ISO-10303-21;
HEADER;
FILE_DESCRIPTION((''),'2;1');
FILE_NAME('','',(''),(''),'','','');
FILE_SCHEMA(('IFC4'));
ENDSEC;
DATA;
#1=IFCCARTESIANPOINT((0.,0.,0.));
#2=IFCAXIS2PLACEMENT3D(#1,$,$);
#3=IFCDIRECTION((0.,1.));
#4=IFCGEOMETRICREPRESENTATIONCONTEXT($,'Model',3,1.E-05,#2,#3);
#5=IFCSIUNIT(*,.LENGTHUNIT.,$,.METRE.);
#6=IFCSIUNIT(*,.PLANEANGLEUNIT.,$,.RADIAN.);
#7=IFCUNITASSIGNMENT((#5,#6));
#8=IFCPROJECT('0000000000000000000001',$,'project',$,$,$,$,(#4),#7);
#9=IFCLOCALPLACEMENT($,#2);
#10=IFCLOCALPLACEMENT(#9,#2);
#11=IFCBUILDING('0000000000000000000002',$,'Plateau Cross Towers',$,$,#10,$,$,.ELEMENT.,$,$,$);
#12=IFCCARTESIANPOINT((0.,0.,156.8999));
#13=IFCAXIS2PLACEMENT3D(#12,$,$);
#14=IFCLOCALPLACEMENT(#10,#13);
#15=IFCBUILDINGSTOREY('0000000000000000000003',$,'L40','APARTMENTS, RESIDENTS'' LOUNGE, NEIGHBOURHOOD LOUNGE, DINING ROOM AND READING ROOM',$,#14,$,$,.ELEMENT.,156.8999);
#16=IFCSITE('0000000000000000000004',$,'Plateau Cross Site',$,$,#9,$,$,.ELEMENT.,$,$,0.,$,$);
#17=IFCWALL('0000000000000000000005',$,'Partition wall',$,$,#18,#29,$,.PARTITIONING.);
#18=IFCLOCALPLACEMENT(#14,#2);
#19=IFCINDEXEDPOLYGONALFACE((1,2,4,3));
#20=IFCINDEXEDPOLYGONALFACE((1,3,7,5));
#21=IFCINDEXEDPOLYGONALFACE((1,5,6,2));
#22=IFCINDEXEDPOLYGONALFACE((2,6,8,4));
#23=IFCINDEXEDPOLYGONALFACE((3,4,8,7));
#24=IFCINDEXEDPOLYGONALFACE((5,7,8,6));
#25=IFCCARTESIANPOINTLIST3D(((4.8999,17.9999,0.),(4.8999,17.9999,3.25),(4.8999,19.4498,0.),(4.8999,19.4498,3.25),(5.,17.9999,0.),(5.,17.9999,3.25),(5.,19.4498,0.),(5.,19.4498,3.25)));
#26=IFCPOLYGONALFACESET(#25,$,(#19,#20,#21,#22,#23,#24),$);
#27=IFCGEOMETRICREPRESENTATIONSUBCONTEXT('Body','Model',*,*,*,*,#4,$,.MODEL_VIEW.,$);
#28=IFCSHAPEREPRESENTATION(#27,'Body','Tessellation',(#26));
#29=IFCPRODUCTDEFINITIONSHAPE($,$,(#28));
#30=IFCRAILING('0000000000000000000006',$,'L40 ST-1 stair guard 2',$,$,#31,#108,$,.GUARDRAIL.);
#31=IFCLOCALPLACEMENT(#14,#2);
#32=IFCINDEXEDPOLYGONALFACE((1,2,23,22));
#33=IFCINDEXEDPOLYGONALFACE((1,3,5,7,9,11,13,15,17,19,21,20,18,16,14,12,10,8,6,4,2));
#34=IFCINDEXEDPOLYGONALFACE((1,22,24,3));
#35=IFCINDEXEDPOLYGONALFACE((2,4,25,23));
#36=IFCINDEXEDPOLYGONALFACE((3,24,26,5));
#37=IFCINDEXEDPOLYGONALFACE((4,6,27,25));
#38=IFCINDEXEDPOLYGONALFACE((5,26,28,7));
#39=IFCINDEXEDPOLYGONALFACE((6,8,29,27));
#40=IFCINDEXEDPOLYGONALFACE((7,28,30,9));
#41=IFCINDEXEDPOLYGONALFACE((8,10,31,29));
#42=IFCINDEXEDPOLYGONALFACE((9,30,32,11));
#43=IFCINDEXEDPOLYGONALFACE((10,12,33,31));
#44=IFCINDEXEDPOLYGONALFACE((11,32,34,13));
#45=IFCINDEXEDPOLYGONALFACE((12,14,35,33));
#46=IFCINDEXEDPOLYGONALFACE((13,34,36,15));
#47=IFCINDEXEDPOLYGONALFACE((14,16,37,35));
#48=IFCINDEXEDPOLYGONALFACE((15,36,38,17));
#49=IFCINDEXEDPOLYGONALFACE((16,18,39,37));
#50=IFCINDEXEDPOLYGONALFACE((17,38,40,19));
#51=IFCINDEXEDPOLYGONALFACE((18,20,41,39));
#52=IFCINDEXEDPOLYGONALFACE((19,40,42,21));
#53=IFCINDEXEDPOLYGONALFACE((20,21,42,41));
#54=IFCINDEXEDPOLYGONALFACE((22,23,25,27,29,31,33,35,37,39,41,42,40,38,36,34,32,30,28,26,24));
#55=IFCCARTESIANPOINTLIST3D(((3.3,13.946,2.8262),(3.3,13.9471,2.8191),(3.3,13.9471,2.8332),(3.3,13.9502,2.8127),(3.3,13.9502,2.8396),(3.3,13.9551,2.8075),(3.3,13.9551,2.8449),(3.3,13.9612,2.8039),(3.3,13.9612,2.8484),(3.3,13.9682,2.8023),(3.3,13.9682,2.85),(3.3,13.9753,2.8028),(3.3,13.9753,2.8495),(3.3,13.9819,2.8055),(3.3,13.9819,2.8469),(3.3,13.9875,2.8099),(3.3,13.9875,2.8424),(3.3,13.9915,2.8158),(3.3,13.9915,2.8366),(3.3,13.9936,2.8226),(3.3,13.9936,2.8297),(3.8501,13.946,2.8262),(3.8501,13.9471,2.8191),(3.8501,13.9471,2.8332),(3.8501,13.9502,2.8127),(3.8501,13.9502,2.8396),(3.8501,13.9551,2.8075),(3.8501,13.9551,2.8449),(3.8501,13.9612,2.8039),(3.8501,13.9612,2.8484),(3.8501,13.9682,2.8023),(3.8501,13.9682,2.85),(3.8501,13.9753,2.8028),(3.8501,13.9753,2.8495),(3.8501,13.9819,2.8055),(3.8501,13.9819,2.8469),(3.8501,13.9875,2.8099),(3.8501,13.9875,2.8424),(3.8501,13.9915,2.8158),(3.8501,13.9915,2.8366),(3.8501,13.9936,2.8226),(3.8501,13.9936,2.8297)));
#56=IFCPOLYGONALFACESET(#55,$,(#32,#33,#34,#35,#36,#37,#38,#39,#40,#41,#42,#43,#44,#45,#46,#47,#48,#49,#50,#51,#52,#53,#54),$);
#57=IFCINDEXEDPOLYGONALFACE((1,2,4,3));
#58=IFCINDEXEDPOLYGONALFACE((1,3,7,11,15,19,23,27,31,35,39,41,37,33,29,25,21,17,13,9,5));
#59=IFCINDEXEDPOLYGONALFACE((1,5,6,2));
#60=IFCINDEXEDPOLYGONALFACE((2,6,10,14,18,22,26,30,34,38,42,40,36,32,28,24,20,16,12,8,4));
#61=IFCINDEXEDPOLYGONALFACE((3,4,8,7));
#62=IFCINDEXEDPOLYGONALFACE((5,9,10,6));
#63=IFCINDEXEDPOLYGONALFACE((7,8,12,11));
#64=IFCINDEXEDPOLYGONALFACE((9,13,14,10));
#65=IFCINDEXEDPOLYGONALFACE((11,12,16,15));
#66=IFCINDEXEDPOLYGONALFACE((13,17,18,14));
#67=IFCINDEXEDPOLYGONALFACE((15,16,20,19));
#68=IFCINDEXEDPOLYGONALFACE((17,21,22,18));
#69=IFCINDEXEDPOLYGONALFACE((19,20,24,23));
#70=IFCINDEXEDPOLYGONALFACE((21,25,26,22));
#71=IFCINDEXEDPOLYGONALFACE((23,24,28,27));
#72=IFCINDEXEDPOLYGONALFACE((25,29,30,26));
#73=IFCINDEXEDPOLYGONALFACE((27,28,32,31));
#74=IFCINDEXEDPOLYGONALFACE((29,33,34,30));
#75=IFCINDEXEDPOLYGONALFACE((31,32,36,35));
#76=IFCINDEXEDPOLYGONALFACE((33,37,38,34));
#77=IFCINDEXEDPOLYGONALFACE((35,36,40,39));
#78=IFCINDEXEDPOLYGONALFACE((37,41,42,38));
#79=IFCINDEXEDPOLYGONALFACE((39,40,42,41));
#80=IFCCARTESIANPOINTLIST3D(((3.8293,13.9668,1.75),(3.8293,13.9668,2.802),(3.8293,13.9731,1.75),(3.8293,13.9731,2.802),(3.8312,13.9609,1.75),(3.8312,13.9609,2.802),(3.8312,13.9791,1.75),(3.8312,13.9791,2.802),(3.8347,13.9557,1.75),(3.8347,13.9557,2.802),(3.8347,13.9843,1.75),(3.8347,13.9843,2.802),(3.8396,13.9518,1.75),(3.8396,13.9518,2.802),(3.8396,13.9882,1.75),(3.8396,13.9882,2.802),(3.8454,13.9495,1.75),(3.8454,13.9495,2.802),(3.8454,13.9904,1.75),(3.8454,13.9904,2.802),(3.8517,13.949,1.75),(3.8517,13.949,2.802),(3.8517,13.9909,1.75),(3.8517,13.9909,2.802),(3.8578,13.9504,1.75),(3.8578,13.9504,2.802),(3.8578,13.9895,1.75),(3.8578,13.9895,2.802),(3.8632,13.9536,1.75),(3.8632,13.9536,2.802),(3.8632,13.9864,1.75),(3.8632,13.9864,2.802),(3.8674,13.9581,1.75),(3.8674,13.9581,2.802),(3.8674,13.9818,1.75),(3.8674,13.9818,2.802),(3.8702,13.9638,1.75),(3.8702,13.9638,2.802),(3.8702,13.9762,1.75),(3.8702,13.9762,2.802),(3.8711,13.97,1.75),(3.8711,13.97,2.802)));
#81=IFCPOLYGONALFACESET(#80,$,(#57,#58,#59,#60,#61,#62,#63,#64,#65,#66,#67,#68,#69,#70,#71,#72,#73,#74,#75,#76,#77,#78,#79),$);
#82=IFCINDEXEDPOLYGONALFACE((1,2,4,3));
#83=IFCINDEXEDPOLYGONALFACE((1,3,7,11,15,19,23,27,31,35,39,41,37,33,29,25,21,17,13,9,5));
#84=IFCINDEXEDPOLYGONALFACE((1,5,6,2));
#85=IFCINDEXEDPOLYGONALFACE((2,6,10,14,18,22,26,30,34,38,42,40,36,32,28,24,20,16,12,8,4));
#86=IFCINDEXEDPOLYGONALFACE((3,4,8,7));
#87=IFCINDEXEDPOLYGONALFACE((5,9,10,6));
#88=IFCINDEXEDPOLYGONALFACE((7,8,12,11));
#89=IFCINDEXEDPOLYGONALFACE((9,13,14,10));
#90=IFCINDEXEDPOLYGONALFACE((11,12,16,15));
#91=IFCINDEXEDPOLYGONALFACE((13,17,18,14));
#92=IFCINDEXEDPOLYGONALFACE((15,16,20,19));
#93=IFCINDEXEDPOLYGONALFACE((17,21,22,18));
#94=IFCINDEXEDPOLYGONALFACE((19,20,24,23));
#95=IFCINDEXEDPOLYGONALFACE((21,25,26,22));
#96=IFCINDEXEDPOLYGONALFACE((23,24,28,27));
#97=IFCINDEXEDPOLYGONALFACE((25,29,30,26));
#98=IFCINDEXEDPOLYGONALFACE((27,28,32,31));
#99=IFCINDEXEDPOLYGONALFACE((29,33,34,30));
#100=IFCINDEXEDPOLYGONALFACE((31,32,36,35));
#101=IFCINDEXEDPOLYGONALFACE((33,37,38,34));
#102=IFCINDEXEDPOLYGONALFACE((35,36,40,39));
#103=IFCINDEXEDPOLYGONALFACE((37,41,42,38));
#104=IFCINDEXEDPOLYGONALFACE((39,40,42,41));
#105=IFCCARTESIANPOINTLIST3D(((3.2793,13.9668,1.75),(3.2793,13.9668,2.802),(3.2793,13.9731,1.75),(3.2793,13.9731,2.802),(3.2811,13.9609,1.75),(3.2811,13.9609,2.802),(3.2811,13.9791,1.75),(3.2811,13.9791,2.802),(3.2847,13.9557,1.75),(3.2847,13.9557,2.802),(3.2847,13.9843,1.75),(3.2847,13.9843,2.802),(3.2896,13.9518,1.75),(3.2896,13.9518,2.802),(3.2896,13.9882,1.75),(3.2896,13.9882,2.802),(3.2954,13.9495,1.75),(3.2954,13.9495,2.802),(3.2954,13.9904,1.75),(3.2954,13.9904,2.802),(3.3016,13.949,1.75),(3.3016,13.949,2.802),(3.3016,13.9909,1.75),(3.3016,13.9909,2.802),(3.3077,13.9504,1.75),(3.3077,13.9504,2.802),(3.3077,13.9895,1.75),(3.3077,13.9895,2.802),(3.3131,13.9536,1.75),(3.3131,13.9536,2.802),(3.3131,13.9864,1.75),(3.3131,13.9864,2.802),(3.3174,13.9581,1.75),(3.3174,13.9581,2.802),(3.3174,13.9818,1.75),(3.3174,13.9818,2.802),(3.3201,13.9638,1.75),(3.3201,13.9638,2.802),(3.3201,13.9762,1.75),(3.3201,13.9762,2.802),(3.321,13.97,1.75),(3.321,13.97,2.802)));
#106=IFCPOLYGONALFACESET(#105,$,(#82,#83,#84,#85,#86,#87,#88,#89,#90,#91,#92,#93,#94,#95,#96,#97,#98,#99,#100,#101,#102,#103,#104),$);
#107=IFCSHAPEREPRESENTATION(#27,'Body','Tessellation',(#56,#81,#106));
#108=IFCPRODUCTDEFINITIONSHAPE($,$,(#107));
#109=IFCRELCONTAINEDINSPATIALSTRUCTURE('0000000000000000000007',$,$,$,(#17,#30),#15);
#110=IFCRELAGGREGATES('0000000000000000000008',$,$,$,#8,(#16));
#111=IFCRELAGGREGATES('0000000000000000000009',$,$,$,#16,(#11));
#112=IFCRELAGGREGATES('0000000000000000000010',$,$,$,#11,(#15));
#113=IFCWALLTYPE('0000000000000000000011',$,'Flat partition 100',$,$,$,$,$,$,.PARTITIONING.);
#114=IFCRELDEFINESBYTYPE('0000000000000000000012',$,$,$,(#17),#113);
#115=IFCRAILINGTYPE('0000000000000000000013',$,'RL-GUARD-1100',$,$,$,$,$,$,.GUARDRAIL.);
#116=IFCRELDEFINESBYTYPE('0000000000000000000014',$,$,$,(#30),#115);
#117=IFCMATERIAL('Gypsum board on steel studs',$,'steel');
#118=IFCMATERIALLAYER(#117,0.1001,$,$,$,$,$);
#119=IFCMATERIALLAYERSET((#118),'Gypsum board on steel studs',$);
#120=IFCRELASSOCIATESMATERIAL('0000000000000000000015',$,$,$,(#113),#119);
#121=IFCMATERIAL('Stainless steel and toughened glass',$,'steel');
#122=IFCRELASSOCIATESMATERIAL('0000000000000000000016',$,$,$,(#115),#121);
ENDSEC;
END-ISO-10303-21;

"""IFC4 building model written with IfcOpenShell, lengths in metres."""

from ifc_helpers import new_model, si_unit, direction, frame, frame_2d, origin, origin_2d, place, context, subcontext, project, spatial, rectangle, circle, extrude, material, layer, layer_set, type_object, element, save


model = new_model("IFC4")

# Units and contexts
model_context = context("Model", 3, precision=1e-05, world=origin(), true_north=direction((0.0, 1.0)))
body_context = subcontext(model_context, "Body", "Model", "MODEL_VIEW")
ifc_project = project(units=[si_unit("LENGTHUNIT", "METRE"), si_unit("PLANEANGLEUNIT", "RADIAN")], contexts=[model_context])

# Site, building, storey
site_placement = place(None, origin())
site = spatial("IfcSite", under=ifc_project, at=site_placement, Name="Plateau Cross Site", CompositionType="ELEMENT", RefElevation=0.0)
building_placement = place(site_placement, origin())
building = spatial("IfcBuilding", under=site, at=building_placement, Name="Plateau Cross Towers", CompositionType="ELEMENT")
storey_placement = place(building_placement, frame((0.0, 0.0, 156.8999)))
storey = spatial("IfcBuildingStorey", under=building, at=storey_placement, Name="L40", Description="APARTMENTS, RESIDENTS' LOUNGE, NEIGHBOURHOOD LOUNGE, DINING ROOM AND READING ROOM", CompositionType="ELEMENT", Elevation=156.8999)

# Shared definitions
ifc_material_1 = material(Name="Gypsum board on steel studs", Category="steel")
ifc_layer_1 = layer(ifc_material_1, 0.1001)
ifc_layer_set_1 = layer_set([ifc_layer_1], Name="Gypsum board on steel studs")
wall_type_1 = type_object("IfcWallType", Name="Flat partition 100", PredefinedType="PARTITIONING", material=ifc_layer_set_1)

# Wall
wall_1_placement = place(storey_placement, frame((4.95, 19.45, 0.0), z_axis=(0.0, 0.0, 1.0), x_axis=(0.0, -1.0, 0.0)))
element("IfcWall", 1, at=wall_1_placement, inside=storey, type_object=wall_type_1, Name="Partition wall", PredefinedType="PARTITIONING", context=body_context, shape_type="SweptSolid", body=[
    extrude(rectangle(XDim=1.45, YDim=0.1001, at=frame_2d((0.7251, 0.0))), origin(), (0.0, 0.0, 1.0), 3.25),
])

# Railing
ifc_material_2 = material(Name="Stainless steel and toughened glass", Category="steel")
railing_type = type_object("IfcRailingType", Name="RL-GUARD-1100", PredefinedType="GUARDRAIL", material=ifc_material_2)
railing_1_placement = place(storey_placement, frame((3.8501, 13.97, 1.75)))
element("IfcRailing", 2, at=railing_1_placement, inside=storey, type_object=railing_type, Name="L40 ST-1 stair guard 2", PredefinedType="GUARDRAIL", context=body_context, shape_type="SweptSolid", body=[
    extrude(circle(Radius=0.0239, at=origin_2d()), frame((0.0, 0.0, 1.0762), z_axis=(-1.0, 0.0, 0.0), x_axis=(0.0, -1.0, 0.0)), (0.0, 0.0, 1.0), 0.55),
    extrude(circle(Radius=0.021, at=origin_2d()), origin(), (0.0, 0.0, 1.0), 1.052),
    extrude(circle(Radius=0.021, at=origin_2d()), frame((-0.55, 0.0, 0.0)), (0.0, 0.0, 1.0), 1.052),
])

save(model, "model.ifc")
